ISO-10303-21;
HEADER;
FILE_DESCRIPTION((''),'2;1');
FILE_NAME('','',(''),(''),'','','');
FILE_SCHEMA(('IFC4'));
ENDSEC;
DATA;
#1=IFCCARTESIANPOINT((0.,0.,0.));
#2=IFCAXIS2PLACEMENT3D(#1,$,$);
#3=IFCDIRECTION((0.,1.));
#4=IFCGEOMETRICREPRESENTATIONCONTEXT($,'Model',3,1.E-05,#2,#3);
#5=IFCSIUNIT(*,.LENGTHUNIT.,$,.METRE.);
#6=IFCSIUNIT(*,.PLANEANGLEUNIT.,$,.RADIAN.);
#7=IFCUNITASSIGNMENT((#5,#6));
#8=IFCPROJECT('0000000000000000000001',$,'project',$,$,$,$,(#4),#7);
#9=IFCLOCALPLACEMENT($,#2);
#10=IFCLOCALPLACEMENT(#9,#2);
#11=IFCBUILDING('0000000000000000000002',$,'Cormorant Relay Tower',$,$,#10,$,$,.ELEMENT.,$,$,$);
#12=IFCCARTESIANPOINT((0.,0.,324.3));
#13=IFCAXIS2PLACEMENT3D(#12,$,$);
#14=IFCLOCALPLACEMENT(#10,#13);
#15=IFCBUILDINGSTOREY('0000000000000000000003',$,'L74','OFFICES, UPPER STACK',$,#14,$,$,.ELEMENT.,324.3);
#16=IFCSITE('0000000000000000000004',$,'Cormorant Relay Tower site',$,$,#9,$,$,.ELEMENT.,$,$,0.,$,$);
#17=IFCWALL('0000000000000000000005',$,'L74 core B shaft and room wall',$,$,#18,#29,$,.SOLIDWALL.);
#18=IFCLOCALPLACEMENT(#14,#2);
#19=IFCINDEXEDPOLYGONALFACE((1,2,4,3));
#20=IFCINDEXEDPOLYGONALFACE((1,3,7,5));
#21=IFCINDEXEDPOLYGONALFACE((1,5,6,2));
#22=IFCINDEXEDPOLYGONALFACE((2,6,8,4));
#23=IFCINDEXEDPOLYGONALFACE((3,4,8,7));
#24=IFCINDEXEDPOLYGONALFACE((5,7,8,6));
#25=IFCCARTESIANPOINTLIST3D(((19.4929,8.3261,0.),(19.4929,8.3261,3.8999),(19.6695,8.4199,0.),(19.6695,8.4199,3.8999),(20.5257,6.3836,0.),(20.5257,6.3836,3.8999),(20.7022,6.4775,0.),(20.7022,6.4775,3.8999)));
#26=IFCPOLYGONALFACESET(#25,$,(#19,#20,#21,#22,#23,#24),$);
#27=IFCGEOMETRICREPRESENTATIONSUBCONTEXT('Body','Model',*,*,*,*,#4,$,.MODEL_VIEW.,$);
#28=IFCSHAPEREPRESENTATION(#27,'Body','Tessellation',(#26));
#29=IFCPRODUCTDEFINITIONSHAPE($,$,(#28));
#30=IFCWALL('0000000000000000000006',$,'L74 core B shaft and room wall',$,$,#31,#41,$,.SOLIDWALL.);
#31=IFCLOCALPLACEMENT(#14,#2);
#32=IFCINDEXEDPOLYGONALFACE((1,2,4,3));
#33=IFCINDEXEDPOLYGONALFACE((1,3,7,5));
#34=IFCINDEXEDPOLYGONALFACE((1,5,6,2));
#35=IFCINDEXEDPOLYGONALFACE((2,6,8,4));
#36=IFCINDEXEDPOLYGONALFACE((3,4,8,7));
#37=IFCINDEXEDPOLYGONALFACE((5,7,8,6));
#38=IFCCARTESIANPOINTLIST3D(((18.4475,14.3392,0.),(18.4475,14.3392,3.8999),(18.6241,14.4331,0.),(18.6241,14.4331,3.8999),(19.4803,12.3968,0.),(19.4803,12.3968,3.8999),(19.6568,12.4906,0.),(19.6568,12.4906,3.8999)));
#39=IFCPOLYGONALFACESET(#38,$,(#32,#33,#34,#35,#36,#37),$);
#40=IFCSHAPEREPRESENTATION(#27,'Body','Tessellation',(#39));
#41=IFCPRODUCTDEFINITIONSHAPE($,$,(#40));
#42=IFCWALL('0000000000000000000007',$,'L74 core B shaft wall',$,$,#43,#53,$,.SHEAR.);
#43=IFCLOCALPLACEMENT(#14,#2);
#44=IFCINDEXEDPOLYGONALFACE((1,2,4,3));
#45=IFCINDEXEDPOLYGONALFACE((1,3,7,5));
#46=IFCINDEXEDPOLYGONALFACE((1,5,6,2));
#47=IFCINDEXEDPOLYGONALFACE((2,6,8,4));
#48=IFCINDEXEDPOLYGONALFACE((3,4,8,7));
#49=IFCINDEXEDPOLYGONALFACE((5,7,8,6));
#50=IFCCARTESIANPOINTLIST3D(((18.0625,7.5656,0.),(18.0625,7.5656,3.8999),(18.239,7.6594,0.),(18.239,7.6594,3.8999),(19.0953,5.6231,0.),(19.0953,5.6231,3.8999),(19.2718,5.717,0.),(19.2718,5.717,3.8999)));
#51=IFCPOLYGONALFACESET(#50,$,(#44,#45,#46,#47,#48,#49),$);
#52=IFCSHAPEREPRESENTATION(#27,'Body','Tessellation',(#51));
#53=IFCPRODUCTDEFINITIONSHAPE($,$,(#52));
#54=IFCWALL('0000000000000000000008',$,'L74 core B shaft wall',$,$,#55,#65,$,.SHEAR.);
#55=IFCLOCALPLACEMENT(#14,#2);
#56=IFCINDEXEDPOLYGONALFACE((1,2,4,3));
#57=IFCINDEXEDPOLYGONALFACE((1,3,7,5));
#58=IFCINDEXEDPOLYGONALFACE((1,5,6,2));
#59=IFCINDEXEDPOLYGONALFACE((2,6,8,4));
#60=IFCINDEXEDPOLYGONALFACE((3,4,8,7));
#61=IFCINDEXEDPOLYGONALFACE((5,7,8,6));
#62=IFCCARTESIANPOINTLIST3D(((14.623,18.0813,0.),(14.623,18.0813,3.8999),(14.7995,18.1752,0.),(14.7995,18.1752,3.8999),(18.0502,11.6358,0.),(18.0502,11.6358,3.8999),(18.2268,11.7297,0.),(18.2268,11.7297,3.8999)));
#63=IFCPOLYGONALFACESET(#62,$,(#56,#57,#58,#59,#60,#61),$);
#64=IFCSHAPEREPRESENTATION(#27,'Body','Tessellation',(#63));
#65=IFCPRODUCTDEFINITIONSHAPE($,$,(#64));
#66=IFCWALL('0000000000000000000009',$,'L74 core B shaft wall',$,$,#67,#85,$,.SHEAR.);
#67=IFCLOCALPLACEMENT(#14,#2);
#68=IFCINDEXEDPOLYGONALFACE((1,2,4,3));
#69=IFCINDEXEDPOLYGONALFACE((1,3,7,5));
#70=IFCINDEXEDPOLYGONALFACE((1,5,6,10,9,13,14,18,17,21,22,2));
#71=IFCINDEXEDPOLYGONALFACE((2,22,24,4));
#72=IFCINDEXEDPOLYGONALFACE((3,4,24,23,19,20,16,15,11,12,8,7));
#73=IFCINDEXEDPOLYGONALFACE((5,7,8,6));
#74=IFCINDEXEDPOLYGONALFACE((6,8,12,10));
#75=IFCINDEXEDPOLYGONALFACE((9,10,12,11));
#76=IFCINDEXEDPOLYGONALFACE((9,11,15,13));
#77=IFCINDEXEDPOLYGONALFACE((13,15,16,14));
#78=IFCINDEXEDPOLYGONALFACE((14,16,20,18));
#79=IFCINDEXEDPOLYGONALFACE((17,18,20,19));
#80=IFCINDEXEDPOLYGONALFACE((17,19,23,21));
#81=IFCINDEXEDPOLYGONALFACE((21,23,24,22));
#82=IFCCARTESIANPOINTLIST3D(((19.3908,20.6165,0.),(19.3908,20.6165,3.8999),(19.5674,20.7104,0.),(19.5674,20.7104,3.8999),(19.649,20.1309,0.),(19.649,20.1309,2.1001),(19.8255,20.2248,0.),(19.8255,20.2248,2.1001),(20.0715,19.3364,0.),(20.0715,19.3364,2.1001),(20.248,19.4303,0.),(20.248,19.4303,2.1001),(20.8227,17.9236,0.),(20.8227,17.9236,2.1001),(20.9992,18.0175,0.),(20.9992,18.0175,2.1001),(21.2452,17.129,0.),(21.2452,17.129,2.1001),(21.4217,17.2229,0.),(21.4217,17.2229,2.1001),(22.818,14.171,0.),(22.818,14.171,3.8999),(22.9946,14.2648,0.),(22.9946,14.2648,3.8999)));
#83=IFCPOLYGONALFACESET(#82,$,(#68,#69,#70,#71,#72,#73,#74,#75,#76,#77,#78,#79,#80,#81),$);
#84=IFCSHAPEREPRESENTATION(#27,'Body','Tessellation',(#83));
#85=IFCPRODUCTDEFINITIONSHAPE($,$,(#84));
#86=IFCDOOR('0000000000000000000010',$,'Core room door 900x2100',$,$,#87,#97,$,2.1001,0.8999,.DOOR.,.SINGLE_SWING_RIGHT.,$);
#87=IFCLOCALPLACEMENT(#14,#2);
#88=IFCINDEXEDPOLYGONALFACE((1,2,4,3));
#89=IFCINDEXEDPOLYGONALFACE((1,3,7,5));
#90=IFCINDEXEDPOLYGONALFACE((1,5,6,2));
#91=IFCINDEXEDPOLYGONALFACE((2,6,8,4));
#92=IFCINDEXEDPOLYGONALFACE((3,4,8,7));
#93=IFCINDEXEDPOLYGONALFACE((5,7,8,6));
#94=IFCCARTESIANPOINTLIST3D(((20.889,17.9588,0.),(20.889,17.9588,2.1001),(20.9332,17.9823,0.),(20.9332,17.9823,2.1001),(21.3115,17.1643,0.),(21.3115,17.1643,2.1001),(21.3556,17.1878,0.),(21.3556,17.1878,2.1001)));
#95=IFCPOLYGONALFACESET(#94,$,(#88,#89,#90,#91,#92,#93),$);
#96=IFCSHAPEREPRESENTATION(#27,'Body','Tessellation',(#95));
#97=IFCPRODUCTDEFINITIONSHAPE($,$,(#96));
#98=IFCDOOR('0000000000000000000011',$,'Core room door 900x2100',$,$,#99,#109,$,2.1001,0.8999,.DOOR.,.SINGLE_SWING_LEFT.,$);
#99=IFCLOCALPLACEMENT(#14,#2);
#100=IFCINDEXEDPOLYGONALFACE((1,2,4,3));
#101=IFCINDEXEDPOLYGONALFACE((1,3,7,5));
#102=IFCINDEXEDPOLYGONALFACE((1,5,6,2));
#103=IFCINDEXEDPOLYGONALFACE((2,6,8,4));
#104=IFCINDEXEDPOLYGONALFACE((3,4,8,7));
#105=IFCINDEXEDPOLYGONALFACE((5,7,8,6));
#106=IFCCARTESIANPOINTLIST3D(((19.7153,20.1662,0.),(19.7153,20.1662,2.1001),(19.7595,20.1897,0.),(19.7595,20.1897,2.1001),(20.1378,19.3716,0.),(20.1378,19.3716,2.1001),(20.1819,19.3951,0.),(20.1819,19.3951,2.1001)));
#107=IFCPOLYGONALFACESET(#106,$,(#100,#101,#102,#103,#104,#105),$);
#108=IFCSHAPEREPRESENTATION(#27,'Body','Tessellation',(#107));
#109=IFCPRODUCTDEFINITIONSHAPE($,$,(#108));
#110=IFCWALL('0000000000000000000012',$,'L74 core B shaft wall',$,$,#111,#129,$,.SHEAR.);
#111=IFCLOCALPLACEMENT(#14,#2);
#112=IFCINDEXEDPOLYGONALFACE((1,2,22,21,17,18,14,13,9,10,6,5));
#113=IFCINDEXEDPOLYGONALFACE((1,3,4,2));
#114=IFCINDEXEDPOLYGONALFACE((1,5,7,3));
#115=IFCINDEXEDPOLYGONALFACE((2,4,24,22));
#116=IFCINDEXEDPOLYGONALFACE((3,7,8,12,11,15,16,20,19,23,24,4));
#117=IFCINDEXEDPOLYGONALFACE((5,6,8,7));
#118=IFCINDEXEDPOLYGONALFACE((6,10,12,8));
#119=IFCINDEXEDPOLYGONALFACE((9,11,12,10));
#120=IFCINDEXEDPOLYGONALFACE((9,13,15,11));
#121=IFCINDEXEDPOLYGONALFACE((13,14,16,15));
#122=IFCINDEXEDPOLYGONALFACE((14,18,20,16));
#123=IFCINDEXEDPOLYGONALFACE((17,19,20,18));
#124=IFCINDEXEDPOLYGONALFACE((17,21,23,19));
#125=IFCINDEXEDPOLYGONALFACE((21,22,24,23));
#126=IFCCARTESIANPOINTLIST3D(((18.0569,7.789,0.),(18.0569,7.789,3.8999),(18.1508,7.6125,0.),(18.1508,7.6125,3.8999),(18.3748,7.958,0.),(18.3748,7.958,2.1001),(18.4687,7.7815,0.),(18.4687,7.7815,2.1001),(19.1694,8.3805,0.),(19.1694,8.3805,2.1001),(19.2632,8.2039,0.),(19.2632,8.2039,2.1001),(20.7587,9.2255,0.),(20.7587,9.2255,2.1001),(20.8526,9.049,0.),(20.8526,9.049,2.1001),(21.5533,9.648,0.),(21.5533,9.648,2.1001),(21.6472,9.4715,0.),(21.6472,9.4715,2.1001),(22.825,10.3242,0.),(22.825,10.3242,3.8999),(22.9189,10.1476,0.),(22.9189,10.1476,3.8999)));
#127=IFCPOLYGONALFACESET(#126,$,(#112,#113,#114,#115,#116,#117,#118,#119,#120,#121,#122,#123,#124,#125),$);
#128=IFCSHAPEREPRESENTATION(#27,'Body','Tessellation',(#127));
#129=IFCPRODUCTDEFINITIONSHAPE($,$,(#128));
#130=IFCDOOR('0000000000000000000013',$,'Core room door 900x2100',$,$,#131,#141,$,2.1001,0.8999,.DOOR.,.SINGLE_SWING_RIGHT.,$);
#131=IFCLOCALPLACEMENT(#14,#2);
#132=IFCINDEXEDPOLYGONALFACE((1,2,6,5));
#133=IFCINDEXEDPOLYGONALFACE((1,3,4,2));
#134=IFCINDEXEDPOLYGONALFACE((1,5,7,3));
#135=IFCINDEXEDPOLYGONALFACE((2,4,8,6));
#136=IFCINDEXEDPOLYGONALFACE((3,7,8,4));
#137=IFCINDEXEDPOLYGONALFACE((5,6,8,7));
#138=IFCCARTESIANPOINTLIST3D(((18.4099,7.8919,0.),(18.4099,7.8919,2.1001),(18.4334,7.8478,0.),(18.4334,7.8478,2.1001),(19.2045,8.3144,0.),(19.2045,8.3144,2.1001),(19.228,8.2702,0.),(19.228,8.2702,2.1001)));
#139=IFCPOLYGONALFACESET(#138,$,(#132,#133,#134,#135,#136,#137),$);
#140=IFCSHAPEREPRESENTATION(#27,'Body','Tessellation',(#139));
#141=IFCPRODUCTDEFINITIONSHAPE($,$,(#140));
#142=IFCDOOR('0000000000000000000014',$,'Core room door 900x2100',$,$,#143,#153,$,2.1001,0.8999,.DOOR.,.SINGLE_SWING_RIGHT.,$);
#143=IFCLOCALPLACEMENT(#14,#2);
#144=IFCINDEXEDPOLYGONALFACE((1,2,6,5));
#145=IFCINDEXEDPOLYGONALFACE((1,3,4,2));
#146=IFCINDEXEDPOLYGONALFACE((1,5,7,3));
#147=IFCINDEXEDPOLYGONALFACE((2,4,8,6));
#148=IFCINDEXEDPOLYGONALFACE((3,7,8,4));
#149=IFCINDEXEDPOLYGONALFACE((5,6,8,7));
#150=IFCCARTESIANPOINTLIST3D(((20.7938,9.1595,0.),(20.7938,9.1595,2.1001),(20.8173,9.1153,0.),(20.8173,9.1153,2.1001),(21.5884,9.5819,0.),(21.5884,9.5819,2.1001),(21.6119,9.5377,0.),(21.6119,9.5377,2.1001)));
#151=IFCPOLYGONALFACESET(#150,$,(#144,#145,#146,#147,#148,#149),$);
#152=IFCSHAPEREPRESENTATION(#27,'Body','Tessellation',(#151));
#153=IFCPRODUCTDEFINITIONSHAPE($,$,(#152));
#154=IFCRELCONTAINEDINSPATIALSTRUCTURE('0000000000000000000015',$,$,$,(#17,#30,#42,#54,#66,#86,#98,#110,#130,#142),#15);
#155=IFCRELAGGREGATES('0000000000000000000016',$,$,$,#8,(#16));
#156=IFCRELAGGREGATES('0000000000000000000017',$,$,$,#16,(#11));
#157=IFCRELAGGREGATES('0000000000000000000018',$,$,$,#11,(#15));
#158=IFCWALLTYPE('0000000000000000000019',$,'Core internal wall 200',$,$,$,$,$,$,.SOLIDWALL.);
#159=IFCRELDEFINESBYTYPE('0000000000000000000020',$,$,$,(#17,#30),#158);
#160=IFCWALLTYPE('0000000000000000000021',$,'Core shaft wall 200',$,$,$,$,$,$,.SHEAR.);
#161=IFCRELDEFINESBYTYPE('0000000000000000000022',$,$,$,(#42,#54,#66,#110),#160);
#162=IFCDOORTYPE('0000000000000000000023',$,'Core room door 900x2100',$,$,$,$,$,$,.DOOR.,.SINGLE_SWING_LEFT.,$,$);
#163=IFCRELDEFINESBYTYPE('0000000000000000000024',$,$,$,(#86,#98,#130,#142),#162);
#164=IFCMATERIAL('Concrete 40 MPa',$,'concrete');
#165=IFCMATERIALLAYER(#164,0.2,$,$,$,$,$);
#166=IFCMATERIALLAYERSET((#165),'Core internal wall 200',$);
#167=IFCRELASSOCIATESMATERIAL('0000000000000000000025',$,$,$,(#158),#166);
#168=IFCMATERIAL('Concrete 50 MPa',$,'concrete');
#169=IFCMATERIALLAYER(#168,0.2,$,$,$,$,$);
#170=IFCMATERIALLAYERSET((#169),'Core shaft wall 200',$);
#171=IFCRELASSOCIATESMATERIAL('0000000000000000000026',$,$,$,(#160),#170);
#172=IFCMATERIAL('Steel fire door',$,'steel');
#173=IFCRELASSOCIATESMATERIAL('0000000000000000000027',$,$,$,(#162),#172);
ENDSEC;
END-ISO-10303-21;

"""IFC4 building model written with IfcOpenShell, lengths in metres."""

from ifc_helpers import new_model, si_unit, direction, frame, frame_2d, origin, place, context, subcontext, project, spatial, rectangle, extrude, material, layer, layer_set, type_object, element, fill, save


model = new_model("IFC4")

# Units and contexts
model_context = context("Model", 3, precision=1e-05, world=origin(), true_north=direction((0.0, 1.0)))
body_context = subcontext(model_context, "Body", "Model", "MODEL_VIEW")
ifc_project = project(units=[si_unit("LENGTHUNIT", "METRE"), si_unit("PLANEANGLEUNIT", "RADIAN")], contexts=[model_context])

# Site, building, storey
site_placement = place(None, origin())
site = spatial("IfcSite", under=ifc_project, at=site_placement, Name="Cormorant Relay Tower site", CompositionType="ELEMENT", RefElevation=0.0)
building_placement = place(site_placement, origin())
building = spatial("IfcBuilding", under=site, at=building_placement, Name="Cormorant Relay Tower", CompositionType="ELEMENT")
storey_placement = place(building_placement, frame((0.0, 0.0, 324.3)))
storey = spatial("IfcBuildingStorey", under=building, at=storey_placement, Name="L74", Description="OFFICES, UPPER STACK", CompositionType="ELEMENT", Elevation=324.3)

# Walls
ifc_material_1 = material(Name="Concrete 40 MPa", Category="concrete")
ifc_layer_1 = layer(ifc_material_1, 0.2)
ifc_layer_set_1 = layer_set([ifc_layer_1], Name="Core internal wall 200")
wall_type_1 = type_object("IfcWallType", Name="Core internal wall 200", PredefinedType="SOLIDWALL", material=ifc_layer_set_1)
for number, where, z_axis, x_axis, name in (
    (1, (20.614, 6.4304, 0.0), (0.0, 0.0, 1.0), (-0.469447, 0.88296, 0.0), "L74 core B shaft and room wall"),
    (2, (19.5686, 12.4436, 0.0), (0.0, 0.0, 1.0), (-0.469447, 0.88296, 0.0), "L74 core B shaft and room wall"),
):
    element("IfcWall", number, at=place(storey_placement, frame(where, z_axis=z_axis, x_axis=x_axis)), inside=storey, type_object=wall_type_1, Name=name, PredefinedType="SOLIDWALL", context=body_context, shape_type="SweptSolid", body=[
        extrude(rectangle(XDim=2.2, YDim=0.2, at=frame_2d((1.1001, 0.0))), origin(), (0.0, 0.0, 1.0), 3.8999),
    ])
ifc_material_2 = material(Name="Concrete 50 MPa", Category="concrete")
ifc_layer_2 = layer(ifc_material_2, 0.2)
ifc_layer_set_2 = layer_set([ifc_layer_2], Name="Core shaft wall 200")
wall_type_2 = type_object("IfcWallType", Name="Core shaft wall 200", PredefinedType="SHEAR", material=ifc_layer_set_2)
wall_1_placement = place(storey_placement, frame((19.1836, 5.6699, 0.0), z_axis=(0.0, 0.0, 1.0), x_axis=(-0.469447, 0.88296, 0.0)))
element("IfcWall", 3, at=wall_1_placement, inside=storey, type_object=wall_type_2, Name="L74 core B shaft wall", PredefinedType="SHEAR", context=body_context, shape_type="SweptSolid", body=[
    extrude(rectangle(XDim=2.2, YDim=0.2, at=frame_2d((1.1001, 0.0))), origin(), (0.0, 0.0, 1.0), 3.8999),
])
wall_2_placement = place(storey_placement, frame((18.1384, 11.6829, 0.0), z_axis=(0.0, 0.0, 1.0), x_axis=(-0.46948, 0.882943, 0.0)))
element("IfcWall", 4, at=wall_2_placement, inside=storey, type_object=wall_type_2, Name="L74 core B shaft wall", PredefinedType="SHEAR", context=body_context, shape_type="SweptSolid", body=[
    extrude(rectangle(XDim=7.3, YDim=0.2, at=frame_2d((3.6499, 0.0))), origin(), (0.0, 0.0, 1.0), 3.8999),
])

# Walls, openings, doors
wall_3_placement = place(storey_placement, frame((22.9062, 14.218, 0.0), z_axis=(0.0, 0.0, 1.0), x_axis=(-0.46948, 0.882943, 0.0)))
wall_3 = element("IfcWall", 5, at=wall_3_placement, inside=storey, type_object=wall_type_2, Name="L74 core B shaft wall", PredefinedType="SHEAR", context=body_context, shape_type="SweptSolid", body=[
    extrude(rectangle(XDim=7.3, YDim=0.2, at=frame_2d((3.6499, 0.0))), origin(), (0.0, 0.0, 1.0), 3.8999),
])
opening_1_placement = place(wall_3_placement, frame((3.3501, 0.0, 0.0)))
opening_1 = element("IfcOpeningElement", 6, at=opening_1_placement, cuts=wall_3, PredefinedType="OPENING", context=body_context, shape_type="SweptSolid", body=[
    extrude(rectangle(XDim=0.8999, YDim=2.1001, at=frame_2d((0.45, 1.05))), frame((0.0, 0.1099, 0.0), z_axis=(0.0, -1.0, 0.0), x_axis=(1.0, 0.0, 0.0)), (0.0, 0.0, 1.0), 0.22),
])
opening_2_placement = place(wall_3_placement, frame((5.8501, 0.0, 0.0)))
opening_2 = element("IfcOpeningElement", 7, at=opening_2_placement, cuts=wall_3, PredefinedType="OPENING", context=body_context, shape_type="SweptSolid", body=[
    extrude(rectangle(XDim=0.8999, YDim=2.1001, at=frame_2d((0.45, 1.05))), frame((0.0, 0.1099, 0.0), z_axis=(0.0, -1.0, 0.0), x_axis=(1.0, 0.0, 0.0)), (0.0, 0.0, 1.0), 0.22),
])
ifc_material_3 = material(Name="Steel fire door", Category="steel")
door_type_1 = type_object("IfcDoorType", Name="Core room door 900x2100", OperationType="SINGLE_SWING_LEFT", PredefinedType="DOOR", material=ifc_material_3)
door_1_placement = place(opening_1_placement, origin())
door_1 = element("IfcDoor", 8, at=door_1_placement, inside=storey, type_object=door_type_1, Name="Core room door 900x2100", OperationType="SINGLE_SWING_RIGHT", OverallHeight=2.1001, OverallWidth=0.8999, PredefinedType="DOOR", context=body_context, shape_type="SweptSolid", body=[
    extrude(rectangle(XDim=0.8999, YDim=2.1001, at=frame_2d((0.45, 1.05))), frame((0.0, 0.0249, 0.0), z_axis=(0.0, -1.0, 0.0), x_axis=(1.0, 0.0, 0.0)), (0.0, 0.0, 1.0), 0.05),
])
fill(opening_1, door_1)
door_2_placement = place(opening_2_placement, origin())
door_2 = element("IfcDoor", 9, at=door_2_placement, inside=storey, type_object=door_type_1, Name="Core room door 900x2100", OperationType="SINGLE_SWING_LEFT", OverallHeight=2.1001, OverallWidth=0.8999, PredefinedType="DOOR", context=body_context, shape_type="SweptSolid", body=[
    extrude(rectangle(XDim=0.8999, YDim=2.1001, at=frame_2d((0.45, 1.05))), frame((0.0, 0.0249, 0.0), z_axis=(0.0, -1.0, 0.0), x_axis=(1.0, 0.0, 0.0)), (0.0, 0.0, 1.0), 0.05),
])
fill(opening_2, door_2)
wall_4_placement = place(storey_placement, frame((18.1038, 7.7007, 0.0), z_axis=(0.0, 0.0, 1.0), x_axis=(0.882953, 0.469462, 0.0)))
wall_4 = element("IfcWall", 10, at=wall_4_placement, inside=storey, type_object=wall_type_2, Name="L74 core B shaft wall", PredefinedType="SHEAR", context=body_context, shape_type="SweptSolid", body=[
    extrude(rectangle(XDim=5.4001, YDim=0.2, at=frame_2d((2.7002, 0.0))), origin(), (0.0, 0.0, 1.0), 3.8999),
])
opening_3_placement = place(wall_4_placement, frame((0.3601, 0.0, 0.0)))
opening_3 = element("IfcOpeningElement", 11, at=opening_3_placement, cuts=wall_4, PredefinedType="OPENING", context=body_context, shape_type="SweptSolid", body=[
    extrude(rectangle(XDim=0.8999, YDim=2.1001, at=frame_2d((0.45, 1.05))), frame((0.0, 0.1099, 0.0), z_axis=(0.0, -1.0, 0.0), x_axis=(1.0, 0.0, 0.0)), (0.0, 0.0, 1.0), 0.22),
])
opening_4_placement = place(wall_4_placement, frame((3.0601, 0.0, 0.0)))
opening_4 = element("IfcOpeningElement", 12, at=opening_4_placement, cuts=wall_4, PredefinedType="OPENING", context=body_context, shape_type="SweptSolid", body=[
    extrude(rectangle(XDim=0.8999, YDim=2.1001, at=frame_2d((0.45, 1.05))), frame((0.0, 0.1099, 0.0), z_axis=(0.0, -1.0, 0.0), x_axis=(1.0, 0.0, 0.0)), (0.0, 0.0, 1.0), 0.22),
])
door_3_placement = place(opening_3_placement, frame((0.8999, 0.0, 0.0), z_axis=(0.0, 0.0, 1.0), x_axis=(-1.0, 0.0, 0.0)))
door_3 = element("IfcDoor", 13, at=door_3_placement, inside=storey, type_object=door_type_1, Name="Core room door 900x2100", OperationType="SINGLE_SWING_RIGHT", OverallHeight=2.1001, OverallWidth=0.8999, PredefinedType="DOOR", context=body_context, shape_type="SweptSolid", body=[
    extrude(rectangle(XDim=0.8999, YDim=2.1001, at=frame_2d((0.45, 1.05))), frame((0.0, 0.0249, 0.0), z_axis=(0.0, -1.0, 0.0), x_axis=(1.0, 0.0, 0.0)), (0.0, 0.0, 1.0), 0.05),
])
fill(opening_3, door_3)
door_4_placement = place(opening_4_placement, frame((0.8999, 0.0, 0.0), z_axis=(0.0, 0.0, 1.0), x_axis=(-1.0, 0.0, 0.0)))
door_4 = element("IfcDoor", 14, at=door_4_placement, inside=storey, type_object=door_type_1, Name="Core room door 900x2100", OperationType="SINGLE_SWING_RIGHT", OverallHeight=2.1001, OverallWidth=0.8999, PredefinedType="DOOR", context=body_context, shape_type="SweptSolid", body=[
    extrude(rectangle(XDim=0.8999, YDim=2.1001, at=frame_2d((0.45, 1.05))), frame((0.0, 0.0249, 0.0), z_axis=(0.0, -1.0, 0.0), x_axis=(1.0, 0.0, 0.0)), (0.0, 0.0, 1.0), 0.05),
])
fill(opening_4, door_4)

save(model, "model.ifc")
